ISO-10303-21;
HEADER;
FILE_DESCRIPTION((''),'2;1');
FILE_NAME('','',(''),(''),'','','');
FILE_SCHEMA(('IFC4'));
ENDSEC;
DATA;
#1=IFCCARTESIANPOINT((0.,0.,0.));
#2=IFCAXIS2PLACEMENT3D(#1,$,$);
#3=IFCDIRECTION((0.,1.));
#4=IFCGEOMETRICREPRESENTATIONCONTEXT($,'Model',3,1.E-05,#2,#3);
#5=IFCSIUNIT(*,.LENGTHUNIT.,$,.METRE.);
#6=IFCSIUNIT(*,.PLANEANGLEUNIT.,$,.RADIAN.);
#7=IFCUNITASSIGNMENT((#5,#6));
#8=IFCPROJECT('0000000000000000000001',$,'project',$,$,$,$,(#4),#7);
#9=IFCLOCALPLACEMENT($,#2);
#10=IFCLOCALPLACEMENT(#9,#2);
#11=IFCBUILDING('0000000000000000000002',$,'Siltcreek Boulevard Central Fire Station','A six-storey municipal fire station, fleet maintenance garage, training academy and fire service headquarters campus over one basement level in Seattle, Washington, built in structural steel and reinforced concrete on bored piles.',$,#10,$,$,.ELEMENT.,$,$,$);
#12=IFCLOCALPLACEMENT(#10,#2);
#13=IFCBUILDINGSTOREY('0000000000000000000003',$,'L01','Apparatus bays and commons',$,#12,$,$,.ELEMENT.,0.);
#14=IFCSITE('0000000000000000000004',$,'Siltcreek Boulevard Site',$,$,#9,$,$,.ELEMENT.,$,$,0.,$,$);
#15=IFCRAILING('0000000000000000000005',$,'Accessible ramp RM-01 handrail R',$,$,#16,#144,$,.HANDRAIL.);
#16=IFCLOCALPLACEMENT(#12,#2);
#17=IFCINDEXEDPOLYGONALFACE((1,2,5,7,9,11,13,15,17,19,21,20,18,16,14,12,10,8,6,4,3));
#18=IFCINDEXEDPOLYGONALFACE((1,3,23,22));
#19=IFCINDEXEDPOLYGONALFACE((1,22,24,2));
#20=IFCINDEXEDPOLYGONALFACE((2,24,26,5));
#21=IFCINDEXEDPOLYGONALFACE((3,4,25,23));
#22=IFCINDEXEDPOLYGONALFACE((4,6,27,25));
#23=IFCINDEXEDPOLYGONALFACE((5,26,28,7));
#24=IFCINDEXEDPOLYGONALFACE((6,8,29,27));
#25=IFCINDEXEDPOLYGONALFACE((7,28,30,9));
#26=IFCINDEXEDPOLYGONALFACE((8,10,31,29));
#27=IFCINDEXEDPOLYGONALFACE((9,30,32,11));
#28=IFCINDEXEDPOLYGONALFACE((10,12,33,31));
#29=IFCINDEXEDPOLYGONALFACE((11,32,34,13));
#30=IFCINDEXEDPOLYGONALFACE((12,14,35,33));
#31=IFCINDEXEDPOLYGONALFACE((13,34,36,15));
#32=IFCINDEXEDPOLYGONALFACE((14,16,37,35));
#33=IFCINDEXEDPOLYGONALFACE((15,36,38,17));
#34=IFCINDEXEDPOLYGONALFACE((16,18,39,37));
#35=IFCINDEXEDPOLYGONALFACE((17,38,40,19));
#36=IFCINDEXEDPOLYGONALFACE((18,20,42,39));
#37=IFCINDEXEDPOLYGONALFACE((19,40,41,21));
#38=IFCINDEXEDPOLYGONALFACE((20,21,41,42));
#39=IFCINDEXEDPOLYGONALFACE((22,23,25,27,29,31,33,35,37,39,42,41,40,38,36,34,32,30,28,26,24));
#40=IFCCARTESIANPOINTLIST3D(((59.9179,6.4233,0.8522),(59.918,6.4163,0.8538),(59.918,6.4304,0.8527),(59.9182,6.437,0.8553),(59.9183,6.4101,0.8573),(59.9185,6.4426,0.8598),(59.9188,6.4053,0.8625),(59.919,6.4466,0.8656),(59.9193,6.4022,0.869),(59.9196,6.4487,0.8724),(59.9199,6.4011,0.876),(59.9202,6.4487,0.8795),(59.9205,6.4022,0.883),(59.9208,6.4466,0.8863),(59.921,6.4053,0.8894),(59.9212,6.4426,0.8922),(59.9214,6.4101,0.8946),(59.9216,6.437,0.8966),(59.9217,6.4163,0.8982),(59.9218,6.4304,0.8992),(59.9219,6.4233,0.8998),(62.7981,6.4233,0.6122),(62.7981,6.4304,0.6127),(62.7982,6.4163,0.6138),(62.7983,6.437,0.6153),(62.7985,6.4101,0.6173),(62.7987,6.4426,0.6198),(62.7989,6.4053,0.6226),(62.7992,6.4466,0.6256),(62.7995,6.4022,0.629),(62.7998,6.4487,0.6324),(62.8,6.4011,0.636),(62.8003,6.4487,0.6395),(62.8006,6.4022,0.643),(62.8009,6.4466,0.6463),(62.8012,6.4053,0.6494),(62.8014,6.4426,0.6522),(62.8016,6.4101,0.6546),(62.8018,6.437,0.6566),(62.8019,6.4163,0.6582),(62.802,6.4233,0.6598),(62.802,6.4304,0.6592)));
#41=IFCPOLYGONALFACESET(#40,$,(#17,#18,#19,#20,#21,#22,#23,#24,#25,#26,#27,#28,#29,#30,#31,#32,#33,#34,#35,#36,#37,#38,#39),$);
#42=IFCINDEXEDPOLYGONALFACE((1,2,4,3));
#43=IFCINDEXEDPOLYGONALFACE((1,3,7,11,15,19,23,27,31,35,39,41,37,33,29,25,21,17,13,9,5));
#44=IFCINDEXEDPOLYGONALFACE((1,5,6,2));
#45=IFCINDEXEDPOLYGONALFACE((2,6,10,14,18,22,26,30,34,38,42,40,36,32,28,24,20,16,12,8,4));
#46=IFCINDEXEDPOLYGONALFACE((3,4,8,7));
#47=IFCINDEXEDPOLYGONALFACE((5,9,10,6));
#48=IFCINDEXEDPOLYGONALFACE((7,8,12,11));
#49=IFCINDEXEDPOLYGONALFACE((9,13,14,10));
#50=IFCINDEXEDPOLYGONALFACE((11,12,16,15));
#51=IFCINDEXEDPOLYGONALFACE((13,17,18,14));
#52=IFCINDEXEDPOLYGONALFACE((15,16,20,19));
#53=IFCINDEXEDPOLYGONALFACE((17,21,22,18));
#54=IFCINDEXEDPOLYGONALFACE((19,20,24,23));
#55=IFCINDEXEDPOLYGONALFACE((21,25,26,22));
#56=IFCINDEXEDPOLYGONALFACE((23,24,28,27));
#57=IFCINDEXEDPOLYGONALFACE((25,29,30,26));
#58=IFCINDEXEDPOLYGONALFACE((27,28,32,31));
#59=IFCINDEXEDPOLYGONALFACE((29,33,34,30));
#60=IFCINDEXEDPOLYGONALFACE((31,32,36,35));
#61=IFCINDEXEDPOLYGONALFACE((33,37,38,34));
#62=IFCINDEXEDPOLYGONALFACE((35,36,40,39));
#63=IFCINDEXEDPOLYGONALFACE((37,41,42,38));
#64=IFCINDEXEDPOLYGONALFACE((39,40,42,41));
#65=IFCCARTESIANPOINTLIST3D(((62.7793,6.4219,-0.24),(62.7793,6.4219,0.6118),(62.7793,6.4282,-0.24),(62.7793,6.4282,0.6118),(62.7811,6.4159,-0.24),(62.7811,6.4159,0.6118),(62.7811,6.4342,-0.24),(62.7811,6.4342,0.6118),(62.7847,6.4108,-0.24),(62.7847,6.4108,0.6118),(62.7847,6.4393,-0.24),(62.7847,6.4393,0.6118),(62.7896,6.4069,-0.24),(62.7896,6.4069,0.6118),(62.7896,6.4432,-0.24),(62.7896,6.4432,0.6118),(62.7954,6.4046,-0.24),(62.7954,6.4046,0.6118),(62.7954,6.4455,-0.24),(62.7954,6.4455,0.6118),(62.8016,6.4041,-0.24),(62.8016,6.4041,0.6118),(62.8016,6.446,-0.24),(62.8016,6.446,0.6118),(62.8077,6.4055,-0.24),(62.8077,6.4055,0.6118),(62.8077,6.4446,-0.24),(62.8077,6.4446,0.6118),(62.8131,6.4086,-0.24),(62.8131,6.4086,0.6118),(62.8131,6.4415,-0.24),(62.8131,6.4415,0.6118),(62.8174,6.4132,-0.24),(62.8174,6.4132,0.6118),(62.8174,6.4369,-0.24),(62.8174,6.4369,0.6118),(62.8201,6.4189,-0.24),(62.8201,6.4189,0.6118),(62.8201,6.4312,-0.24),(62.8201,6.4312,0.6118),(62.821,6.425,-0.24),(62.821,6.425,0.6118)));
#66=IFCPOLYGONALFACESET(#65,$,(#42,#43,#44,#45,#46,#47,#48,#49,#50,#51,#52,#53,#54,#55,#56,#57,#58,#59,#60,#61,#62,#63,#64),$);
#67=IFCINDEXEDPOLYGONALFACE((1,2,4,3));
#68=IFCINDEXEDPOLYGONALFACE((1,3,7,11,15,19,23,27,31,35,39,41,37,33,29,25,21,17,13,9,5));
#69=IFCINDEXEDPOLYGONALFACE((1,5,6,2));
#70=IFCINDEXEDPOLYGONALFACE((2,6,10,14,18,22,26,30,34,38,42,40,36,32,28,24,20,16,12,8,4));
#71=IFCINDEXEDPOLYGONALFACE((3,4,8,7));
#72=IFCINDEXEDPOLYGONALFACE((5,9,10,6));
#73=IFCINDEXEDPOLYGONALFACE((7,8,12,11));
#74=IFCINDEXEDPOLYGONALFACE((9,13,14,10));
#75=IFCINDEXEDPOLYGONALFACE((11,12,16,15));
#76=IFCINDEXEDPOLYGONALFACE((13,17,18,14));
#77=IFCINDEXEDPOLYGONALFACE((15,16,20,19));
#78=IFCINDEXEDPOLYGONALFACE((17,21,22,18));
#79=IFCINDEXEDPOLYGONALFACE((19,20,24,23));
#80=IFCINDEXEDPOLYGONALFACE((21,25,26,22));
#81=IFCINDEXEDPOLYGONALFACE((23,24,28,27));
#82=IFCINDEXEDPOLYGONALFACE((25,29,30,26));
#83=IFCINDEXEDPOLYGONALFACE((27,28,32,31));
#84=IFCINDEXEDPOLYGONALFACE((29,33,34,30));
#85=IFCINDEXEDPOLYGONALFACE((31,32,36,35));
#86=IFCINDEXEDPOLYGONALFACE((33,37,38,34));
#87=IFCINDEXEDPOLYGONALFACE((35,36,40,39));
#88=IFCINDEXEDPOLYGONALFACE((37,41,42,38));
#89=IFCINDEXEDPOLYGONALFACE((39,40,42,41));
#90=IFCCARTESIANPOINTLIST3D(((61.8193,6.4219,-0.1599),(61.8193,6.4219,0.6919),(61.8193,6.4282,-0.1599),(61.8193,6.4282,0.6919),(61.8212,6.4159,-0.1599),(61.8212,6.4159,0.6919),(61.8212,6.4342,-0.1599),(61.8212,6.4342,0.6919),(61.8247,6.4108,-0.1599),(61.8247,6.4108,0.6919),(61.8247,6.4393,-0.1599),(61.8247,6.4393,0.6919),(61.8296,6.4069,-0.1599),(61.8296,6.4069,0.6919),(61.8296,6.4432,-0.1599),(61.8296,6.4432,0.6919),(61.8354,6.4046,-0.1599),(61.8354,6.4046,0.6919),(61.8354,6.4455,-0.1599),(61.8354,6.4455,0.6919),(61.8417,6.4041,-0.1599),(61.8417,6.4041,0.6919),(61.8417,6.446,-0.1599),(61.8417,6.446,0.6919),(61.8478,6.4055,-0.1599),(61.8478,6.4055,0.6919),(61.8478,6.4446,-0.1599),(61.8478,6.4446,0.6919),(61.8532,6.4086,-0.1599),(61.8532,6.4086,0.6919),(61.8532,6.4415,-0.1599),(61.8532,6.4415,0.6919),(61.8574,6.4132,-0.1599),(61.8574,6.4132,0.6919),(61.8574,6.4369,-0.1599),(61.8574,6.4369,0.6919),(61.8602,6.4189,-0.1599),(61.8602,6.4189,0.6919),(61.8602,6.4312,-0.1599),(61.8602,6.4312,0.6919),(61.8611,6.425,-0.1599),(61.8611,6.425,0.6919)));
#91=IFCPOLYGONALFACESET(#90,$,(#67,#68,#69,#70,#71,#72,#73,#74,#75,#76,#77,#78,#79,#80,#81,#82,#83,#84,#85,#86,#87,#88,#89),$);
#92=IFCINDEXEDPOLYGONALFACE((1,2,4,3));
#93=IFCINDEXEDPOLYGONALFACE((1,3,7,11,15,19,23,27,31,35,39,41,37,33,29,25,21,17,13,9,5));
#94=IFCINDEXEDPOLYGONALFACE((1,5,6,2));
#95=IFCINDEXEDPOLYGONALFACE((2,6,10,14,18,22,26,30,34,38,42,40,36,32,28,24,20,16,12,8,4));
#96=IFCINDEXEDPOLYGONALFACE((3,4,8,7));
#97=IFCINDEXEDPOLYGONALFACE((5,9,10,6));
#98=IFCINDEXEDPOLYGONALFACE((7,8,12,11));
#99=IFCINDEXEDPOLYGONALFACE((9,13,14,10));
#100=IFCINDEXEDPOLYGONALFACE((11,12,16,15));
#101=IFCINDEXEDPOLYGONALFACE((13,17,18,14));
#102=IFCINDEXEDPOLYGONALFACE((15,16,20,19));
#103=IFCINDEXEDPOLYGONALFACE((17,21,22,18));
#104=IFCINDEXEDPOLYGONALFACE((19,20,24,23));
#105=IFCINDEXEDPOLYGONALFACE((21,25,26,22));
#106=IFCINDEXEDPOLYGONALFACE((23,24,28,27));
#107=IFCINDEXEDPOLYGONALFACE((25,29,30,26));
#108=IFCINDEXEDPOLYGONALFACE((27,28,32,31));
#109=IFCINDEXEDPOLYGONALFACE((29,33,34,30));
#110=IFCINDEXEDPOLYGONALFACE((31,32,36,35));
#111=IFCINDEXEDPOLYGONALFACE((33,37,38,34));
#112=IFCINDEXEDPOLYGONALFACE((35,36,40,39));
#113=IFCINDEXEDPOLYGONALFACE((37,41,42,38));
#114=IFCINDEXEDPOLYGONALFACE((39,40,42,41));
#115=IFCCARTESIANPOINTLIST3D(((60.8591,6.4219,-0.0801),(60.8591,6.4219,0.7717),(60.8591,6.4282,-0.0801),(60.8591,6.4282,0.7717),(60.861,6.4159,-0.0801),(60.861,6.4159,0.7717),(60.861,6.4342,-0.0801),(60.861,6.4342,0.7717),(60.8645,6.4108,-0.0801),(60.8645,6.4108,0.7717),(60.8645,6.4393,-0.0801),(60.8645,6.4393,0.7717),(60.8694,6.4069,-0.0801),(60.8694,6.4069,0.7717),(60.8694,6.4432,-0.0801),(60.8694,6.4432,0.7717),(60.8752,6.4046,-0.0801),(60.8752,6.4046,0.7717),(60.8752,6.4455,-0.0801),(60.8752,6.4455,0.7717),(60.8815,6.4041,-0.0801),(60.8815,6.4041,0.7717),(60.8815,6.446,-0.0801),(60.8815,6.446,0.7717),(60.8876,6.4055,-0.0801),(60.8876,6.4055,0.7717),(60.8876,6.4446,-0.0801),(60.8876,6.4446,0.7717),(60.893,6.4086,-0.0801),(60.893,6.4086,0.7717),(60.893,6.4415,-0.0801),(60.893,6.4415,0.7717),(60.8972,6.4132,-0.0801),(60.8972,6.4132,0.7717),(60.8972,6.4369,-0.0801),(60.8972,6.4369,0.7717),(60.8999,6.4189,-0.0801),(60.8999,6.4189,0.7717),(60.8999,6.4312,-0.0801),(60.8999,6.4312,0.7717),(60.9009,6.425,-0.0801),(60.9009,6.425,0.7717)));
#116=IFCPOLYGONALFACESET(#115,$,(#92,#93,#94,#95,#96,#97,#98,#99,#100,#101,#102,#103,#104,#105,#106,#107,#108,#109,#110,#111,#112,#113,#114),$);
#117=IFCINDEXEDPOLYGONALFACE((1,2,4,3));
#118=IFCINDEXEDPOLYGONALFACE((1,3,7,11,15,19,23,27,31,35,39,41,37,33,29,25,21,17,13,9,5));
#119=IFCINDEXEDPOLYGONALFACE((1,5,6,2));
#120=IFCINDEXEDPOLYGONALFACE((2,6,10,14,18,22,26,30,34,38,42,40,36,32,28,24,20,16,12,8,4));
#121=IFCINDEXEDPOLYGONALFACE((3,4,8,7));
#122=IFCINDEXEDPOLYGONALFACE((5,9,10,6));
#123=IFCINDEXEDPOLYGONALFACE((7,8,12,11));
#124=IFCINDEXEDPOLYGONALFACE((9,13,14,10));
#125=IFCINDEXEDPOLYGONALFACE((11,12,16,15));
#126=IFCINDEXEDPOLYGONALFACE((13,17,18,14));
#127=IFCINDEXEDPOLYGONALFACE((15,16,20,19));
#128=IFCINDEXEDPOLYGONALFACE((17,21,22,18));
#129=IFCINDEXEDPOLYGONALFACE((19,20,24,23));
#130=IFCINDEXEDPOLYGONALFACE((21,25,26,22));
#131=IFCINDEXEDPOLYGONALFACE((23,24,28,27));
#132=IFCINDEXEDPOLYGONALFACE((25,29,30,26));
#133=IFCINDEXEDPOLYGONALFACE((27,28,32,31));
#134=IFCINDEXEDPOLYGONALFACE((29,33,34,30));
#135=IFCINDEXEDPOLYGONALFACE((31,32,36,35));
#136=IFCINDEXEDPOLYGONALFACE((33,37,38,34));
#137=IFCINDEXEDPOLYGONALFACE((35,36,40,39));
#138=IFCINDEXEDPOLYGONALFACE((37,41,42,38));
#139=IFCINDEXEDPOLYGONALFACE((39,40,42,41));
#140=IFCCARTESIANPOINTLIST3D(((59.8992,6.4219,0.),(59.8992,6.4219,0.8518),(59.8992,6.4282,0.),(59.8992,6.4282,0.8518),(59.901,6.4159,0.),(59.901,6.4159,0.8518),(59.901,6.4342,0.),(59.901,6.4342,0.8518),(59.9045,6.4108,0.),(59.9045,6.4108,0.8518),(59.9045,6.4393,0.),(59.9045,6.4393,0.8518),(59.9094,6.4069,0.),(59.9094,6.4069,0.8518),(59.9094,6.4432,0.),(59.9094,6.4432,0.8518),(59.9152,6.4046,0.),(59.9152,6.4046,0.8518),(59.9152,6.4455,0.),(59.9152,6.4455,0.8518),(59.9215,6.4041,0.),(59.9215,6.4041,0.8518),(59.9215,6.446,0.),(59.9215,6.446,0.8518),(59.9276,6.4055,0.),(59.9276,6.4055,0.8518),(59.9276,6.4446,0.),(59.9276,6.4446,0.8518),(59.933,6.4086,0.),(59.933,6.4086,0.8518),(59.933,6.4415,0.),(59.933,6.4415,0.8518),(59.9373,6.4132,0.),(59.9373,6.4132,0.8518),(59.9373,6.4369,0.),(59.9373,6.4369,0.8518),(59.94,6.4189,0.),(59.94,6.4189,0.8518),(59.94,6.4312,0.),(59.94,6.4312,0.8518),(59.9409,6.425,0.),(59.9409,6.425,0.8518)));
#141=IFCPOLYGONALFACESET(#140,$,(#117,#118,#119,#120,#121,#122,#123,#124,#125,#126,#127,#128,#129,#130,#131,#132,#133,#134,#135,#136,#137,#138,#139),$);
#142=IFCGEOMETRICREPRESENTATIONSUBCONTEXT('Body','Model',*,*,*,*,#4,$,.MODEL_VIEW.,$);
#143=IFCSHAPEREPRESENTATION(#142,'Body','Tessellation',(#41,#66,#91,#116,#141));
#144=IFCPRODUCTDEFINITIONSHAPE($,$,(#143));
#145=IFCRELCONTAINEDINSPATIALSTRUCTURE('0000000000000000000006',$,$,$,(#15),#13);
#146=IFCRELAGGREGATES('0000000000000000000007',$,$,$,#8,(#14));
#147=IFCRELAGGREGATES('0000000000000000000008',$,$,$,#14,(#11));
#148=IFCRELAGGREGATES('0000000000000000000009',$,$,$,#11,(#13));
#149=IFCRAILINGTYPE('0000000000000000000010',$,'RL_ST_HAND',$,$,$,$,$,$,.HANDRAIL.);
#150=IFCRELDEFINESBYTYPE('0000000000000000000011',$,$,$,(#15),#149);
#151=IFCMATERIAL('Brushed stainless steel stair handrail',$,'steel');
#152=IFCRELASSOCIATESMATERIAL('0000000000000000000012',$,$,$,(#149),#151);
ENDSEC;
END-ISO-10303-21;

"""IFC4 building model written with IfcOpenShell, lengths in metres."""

from ifc_helpers import new_model, si_unit, direction, frame, origin, origin_2d, place, context, subcontext, project, spatial, circle, extrude, material, type_object, element, save


model = new_model("IFC4")

# Units and contexts
model_context = context("Model", 3, precision=1e-05, world=origin(), true_north=direction((0.0, 1.0)))
body_context = subcontext(model_context, "Body", "Model", "MODEL_VIEW")
ifc_project = project(units=[si_unit("LENGTHUNIT", "METRE"), si_unit("PLANEANGLEUNIT", "RADIAN")], contexts=[model_context])

# Site, building, storey
site_placement = place(None, origin())
site = spatial("IfcSite", under=ifc_project, at=site_placement, Name="Siltcreek Boulevard Site", CompositionType="ELEMENT", RefElevation=0.0)
building_placement = place(site_placement, origin())
building = spatial("IfcBuilding", under=site, at=building_placement, Name="Siltcreek Boulevard Central Fire Station", Description="A six-storey municipal fire station, fleet maintenance garage, training academy and fire service headquarters campus over one basement level in Seattle, Washington, built in structural steel and reinforced concrete on bored piles.", CompositionType="ELEMENT")
storey_placement = place(building_placement, origin())
storey = spatial("IfcBuildingStorey", under=building, at=storey_placement, Name="L01", Description="Apparatus bays and commons", CompositionType="ELEMENT", Elevation=0.0)

# Railing
ifc_material_1 = material(Name="Brushed stainless steel stair handrail", Category="steel")
railing_type = type_object("IfcRailingType", Name="RL_ST_HAND", PredefinedType="HANDRAIL", material=ifc_material_1)
for number, where, name in (
    (1, (62.8, 6.425, -0.24), "Accessible ramp RM-01 handrail R"),
):
    element("IfcRailing", number, at=place(storey_placement, frame(where)), inside=storey, type_object=railing_type, Name=name, PredefinedType="HANDRAIL", context=body_context, shape_type="SweptSolid", body=[
        extrude(circle(Radius=0.0239, at=origin_2d()), frame((0.0, 0.0, 0.876), z_axis=(-0.996546, 0.0, 0.083038), x_axis=(0.0, -1.0, 0.0)), (0.0, 0.0, 1.0), 2.8901),
        extrude(circle(Radius=0.021, at=origin_2d()), origin(), (0.0, 0.0, 1.0), 0.8518),
        extrude(circle(Radius=0.021, at=origin_2d()), frame((-0.96, 0.0, 0.0801)), (0.0, 0.0, 1.0), 0.8518),
        extrude(circle(Radius=0.021, at=origin_2d()), frame((-1.9202, 0.0, 0.1599)), (0.0, 0.0, 1.0), 0.8518),
        extrude(circle(Radius=0.021, at=origin_2d()), frame((-2.8801, 0.0, 0.24)), (0.0, 0.0, 1.0), 0.8518),
    ])

save(model, "model.ifc")
